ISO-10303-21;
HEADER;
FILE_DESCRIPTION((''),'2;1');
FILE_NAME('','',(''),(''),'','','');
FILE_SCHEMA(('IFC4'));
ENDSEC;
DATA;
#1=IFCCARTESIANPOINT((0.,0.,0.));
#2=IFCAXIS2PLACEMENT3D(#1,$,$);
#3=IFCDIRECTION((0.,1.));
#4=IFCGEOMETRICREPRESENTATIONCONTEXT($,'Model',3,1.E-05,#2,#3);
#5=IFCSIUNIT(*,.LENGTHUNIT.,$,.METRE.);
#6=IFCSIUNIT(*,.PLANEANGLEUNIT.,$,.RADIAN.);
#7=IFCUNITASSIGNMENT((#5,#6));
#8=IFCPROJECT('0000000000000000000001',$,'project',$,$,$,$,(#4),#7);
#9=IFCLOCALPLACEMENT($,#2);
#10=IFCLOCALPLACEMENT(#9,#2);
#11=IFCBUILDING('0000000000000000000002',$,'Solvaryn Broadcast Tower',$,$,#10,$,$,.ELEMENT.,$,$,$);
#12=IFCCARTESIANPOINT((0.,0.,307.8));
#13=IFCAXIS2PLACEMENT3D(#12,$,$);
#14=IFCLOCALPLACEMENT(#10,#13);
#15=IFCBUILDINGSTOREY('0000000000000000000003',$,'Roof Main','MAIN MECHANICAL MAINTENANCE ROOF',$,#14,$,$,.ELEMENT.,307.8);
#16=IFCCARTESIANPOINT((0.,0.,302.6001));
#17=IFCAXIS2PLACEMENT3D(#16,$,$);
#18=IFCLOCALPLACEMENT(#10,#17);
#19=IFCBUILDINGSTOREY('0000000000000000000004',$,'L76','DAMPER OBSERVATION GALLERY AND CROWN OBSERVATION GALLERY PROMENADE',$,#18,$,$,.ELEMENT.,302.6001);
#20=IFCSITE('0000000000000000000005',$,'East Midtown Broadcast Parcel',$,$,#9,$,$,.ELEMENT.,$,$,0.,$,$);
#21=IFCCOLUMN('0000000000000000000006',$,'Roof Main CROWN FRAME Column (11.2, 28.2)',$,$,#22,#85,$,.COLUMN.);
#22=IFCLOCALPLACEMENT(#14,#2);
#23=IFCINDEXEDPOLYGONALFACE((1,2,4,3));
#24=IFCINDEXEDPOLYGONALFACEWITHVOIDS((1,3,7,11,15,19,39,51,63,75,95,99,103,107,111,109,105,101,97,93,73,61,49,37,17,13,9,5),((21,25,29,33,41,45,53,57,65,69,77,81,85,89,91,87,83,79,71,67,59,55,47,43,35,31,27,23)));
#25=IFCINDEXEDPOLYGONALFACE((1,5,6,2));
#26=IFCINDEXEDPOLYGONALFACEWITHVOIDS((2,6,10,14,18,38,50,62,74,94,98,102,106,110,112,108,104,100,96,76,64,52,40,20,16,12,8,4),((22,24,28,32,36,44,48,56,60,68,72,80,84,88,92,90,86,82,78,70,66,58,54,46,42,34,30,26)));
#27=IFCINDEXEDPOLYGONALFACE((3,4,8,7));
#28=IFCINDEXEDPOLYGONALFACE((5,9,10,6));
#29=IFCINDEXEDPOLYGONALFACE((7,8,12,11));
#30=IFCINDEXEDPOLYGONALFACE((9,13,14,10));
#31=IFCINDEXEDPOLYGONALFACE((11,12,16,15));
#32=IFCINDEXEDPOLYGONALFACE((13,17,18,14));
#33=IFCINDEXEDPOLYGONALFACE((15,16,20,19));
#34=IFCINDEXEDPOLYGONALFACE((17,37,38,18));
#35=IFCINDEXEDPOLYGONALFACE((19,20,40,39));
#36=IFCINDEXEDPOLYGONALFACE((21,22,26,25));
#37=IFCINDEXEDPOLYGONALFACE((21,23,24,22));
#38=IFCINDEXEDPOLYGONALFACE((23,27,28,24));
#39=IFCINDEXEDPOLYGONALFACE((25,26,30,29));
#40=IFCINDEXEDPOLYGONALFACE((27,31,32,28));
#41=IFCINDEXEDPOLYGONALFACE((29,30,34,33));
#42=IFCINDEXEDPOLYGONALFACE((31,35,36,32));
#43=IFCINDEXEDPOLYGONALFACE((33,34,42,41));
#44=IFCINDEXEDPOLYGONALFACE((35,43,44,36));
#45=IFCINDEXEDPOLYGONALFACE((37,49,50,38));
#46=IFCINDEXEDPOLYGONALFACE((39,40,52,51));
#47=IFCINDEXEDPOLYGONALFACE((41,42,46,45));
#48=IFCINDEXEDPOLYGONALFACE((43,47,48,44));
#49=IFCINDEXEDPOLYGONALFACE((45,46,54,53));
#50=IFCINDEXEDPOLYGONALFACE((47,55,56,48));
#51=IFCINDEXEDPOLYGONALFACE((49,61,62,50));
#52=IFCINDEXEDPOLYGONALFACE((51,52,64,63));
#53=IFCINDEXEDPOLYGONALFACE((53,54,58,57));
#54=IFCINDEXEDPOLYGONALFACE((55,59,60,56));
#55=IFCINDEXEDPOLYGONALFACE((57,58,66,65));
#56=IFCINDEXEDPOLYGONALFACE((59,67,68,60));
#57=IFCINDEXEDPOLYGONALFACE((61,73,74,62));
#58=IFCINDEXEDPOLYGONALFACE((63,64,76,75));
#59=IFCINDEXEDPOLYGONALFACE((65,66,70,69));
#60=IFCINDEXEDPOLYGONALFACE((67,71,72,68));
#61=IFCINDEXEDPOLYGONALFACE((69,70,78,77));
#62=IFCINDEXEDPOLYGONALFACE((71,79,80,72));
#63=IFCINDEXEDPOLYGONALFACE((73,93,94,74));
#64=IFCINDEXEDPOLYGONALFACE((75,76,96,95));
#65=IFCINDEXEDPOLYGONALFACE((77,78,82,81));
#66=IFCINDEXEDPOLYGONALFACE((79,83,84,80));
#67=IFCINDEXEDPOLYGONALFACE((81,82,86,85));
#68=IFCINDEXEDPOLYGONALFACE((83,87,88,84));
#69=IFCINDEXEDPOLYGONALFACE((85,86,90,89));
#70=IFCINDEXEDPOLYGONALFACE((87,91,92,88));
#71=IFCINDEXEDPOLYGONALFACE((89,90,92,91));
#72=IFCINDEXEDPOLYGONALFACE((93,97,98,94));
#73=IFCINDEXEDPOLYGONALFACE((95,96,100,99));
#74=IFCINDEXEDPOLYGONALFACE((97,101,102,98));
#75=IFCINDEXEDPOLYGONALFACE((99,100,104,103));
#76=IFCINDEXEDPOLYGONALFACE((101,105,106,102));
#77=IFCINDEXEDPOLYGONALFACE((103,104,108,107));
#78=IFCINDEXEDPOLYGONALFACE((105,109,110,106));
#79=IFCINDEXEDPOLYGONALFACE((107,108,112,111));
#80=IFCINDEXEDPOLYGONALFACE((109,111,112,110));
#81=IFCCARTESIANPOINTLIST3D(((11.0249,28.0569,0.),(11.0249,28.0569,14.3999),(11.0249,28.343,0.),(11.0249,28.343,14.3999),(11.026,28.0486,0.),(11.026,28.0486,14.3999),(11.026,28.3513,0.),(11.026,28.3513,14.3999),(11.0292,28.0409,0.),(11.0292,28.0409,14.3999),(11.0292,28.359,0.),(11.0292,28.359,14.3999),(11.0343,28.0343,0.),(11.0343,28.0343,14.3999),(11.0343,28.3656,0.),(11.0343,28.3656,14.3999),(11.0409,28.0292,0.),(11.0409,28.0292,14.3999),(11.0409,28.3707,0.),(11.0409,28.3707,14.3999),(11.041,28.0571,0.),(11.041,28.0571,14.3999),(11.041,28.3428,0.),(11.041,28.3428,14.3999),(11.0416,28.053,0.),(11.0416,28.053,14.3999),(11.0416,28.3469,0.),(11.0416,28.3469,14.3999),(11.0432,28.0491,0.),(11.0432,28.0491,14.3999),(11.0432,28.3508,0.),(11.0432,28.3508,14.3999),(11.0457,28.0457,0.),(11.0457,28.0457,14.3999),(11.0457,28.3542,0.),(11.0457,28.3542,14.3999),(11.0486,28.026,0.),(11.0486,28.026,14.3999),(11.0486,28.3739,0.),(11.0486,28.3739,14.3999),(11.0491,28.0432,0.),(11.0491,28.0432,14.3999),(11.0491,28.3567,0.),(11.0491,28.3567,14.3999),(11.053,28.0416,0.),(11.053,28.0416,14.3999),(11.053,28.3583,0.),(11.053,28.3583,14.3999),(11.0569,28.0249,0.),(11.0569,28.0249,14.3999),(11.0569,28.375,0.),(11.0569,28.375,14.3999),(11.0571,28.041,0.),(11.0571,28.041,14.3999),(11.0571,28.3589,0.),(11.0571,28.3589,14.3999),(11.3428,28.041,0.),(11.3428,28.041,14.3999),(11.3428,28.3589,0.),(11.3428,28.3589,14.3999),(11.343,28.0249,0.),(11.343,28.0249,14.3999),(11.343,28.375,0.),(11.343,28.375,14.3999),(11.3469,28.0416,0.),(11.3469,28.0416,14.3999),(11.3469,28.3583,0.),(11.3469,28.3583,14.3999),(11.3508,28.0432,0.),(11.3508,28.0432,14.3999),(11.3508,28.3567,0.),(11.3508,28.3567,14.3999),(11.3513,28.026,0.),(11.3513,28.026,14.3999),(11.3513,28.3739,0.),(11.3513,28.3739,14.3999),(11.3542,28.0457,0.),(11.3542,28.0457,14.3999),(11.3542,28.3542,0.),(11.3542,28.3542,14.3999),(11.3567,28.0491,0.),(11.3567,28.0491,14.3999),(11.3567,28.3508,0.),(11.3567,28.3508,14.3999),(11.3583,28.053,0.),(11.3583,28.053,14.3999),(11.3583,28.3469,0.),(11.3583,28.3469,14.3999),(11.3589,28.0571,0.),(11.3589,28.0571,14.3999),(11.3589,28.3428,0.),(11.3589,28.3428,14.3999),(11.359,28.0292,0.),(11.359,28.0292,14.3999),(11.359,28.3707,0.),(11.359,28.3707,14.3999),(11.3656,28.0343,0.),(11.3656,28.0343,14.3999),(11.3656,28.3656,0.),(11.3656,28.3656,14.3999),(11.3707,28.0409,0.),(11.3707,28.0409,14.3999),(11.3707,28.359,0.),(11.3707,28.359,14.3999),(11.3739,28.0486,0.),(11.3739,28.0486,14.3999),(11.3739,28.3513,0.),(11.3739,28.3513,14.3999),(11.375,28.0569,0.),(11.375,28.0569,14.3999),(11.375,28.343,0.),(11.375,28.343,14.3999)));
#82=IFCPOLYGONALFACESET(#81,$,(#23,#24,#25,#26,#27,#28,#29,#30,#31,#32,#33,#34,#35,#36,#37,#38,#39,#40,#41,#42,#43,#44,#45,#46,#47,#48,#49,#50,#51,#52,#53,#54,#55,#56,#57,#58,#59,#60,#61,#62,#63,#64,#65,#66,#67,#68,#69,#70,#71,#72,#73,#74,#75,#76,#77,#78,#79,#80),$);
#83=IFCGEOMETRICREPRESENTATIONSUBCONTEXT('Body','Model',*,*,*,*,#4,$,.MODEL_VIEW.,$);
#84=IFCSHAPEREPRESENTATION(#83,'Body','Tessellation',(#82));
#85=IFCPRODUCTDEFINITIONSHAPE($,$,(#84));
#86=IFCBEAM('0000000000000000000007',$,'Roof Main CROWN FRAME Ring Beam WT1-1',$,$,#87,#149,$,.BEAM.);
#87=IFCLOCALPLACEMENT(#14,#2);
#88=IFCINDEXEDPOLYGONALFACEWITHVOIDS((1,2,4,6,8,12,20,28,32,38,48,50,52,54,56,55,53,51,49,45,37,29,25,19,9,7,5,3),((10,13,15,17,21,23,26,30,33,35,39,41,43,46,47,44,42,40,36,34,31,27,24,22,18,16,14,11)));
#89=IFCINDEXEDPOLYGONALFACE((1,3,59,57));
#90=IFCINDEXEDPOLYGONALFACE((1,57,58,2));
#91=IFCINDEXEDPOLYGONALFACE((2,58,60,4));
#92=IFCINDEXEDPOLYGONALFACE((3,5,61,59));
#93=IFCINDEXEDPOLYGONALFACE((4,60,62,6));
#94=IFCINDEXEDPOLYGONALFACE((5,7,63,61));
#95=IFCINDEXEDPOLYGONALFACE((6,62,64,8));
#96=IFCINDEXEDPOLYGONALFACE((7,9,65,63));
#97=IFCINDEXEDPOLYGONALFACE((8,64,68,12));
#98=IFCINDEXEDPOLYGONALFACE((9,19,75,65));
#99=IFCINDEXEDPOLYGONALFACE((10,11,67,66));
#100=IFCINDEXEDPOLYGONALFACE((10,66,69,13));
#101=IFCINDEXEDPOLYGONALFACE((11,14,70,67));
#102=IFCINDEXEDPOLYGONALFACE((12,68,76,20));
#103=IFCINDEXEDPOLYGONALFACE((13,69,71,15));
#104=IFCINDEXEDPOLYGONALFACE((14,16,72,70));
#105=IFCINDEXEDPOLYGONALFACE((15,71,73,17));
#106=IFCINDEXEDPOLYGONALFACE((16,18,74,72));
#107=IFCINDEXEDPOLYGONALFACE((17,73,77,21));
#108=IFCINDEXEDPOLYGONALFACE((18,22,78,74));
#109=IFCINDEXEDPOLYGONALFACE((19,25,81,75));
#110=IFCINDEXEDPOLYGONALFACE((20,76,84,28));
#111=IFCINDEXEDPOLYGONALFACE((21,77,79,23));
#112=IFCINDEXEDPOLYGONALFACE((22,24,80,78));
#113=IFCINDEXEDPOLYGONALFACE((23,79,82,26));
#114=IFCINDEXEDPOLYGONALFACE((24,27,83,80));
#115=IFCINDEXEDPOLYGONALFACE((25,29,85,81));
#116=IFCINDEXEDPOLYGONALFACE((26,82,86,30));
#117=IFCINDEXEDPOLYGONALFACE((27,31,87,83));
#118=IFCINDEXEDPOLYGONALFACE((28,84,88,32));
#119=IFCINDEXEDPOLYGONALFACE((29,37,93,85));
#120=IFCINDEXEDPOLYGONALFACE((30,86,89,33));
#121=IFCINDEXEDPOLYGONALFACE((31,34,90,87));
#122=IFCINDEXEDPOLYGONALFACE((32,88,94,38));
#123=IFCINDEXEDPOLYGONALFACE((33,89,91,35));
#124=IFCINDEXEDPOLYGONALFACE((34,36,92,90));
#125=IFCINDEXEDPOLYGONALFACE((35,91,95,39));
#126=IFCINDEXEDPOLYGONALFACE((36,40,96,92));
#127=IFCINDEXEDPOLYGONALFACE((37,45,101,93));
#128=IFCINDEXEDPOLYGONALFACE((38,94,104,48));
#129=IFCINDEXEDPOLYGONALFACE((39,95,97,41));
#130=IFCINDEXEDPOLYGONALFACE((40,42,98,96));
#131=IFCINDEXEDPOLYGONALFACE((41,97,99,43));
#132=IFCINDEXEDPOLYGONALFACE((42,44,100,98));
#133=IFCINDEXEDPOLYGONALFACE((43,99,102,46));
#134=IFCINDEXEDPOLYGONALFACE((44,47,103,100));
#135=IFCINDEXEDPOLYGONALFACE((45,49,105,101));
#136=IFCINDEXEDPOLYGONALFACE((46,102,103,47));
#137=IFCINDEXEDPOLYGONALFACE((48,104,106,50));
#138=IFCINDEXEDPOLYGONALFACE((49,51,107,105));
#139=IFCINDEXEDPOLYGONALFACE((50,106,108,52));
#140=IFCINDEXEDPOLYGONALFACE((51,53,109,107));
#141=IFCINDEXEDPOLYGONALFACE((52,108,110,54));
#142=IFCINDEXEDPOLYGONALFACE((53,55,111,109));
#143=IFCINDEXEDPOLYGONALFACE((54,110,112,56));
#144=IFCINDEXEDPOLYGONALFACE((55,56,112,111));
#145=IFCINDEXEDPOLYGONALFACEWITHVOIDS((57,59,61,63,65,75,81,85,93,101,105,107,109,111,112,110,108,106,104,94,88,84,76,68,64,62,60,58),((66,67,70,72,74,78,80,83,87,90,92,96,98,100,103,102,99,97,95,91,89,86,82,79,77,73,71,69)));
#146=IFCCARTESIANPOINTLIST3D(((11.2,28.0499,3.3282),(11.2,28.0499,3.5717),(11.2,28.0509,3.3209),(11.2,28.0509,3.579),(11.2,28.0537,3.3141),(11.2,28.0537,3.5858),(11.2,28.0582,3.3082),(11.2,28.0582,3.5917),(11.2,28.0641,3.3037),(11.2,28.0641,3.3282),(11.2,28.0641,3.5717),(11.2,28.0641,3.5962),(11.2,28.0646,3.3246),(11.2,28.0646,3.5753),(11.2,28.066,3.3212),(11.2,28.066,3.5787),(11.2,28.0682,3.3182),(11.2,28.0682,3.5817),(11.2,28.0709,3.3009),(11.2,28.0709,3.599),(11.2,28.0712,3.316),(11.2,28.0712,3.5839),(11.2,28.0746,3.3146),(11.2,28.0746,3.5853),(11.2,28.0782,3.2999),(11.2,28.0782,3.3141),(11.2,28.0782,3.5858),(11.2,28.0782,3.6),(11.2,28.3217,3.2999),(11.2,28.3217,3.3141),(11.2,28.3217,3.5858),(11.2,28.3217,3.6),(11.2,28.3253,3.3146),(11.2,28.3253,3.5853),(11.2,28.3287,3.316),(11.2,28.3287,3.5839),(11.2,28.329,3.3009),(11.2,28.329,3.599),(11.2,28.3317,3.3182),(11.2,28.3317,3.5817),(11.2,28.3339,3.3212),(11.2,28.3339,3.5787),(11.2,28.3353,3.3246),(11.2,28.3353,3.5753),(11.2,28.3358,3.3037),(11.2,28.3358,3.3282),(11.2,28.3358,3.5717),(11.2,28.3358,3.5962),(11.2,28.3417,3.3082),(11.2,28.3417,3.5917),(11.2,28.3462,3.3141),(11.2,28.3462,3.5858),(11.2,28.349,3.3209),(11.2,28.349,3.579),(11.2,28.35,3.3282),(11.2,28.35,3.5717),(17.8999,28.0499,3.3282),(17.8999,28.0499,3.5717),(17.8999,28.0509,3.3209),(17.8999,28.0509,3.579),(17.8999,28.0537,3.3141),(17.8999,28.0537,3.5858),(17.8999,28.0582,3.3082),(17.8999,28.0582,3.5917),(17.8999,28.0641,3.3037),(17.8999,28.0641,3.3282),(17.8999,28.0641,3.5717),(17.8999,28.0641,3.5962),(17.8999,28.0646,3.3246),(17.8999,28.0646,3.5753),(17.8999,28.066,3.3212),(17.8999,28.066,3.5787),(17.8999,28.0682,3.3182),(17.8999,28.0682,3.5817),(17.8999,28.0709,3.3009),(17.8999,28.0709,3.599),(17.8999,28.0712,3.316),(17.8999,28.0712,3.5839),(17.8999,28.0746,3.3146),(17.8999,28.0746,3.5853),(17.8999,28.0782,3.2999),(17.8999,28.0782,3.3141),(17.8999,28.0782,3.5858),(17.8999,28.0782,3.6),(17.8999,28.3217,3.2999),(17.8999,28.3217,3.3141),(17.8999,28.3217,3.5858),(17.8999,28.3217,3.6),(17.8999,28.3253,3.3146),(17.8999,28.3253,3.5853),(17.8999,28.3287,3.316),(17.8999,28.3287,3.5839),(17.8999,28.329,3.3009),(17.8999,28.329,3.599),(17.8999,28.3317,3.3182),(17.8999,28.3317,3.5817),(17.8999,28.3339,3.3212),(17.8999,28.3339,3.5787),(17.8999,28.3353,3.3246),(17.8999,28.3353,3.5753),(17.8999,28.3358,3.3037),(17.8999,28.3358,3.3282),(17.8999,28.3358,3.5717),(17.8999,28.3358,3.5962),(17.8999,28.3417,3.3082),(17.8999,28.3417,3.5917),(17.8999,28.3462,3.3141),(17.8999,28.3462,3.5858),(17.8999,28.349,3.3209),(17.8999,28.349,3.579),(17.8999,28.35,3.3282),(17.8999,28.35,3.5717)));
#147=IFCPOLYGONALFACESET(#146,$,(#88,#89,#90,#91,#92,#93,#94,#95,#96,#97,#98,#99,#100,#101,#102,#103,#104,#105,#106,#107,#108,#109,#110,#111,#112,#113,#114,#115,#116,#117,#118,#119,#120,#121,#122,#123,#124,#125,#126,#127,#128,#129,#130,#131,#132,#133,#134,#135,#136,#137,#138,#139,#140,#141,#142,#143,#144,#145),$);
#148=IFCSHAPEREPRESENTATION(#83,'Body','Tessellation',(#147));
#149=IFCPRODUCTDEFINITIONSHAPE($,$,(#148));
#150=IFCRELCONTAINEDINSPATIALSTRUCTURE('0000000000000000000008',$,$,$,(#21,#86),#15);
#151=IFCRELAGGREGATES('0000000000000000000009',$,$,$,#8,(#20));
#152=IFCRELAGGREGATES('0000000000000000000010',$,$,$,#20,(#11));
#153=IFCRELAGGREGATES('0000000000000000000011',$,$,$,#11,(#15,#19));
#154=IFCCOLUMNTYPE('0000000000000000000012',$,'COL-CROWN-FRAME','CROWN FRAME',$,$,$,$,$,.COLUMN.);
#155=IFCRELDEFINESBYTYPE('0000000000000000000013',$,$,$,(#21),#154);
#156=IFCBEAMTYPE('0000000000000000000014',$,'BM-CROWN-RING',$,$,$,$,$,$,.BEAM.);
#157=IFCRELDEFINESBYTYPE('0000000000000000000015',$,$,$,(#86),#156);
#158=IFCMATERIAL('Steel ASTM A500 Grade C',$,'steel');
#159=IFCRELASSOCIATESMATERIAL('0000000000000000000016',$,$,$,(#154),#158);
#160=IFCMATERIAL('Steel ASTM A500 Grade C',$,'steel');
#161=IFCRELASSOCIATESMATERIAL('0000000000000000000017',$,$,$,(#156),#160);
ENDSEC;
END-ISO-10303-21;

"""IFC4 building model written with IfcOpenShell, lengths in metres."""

from ifc_helpers import new_model, si_unit, direction, frame, origin, origin_2d, place, context, subcontext, project, spatial, hollow_rectangle, extrude, material, material_profile, profile_set, type_object, element, save


model = new_model("IFC4")

# Units and contexts
model_context = context("Model", 3, precision=1e-05, world=origin(), true_north=direction((0.0, 1.0)))
body_context = subcontext(model_context, "Body", "Model", "MODEL_VIEW")
ifc_project = project(units=[si_unit("LENGTHUNIT", "METRE"), si_unit("PLANEANGLEUNIT", "RADIAN")], contexts=[model_context])

# Site, building, storey
site_placement = place(None, origin())
site = spatial("IfcSite", under=ifc_project, at=site_placement, Name="East Midtown Broadcast Parcel", CompositionType="ELEMENT", RefElevation=0.0)
building_placement = place(site_placement, origin())
building = spatial("IfcBuilding", under=site, at=building_placement, Name="Solvaryn Broadcast Tower", CompositionType="ELEMENT")
storey_1_placement = place(building_placement, frame((0.0, 0.0, 307.8)))
storey_1 = spatial("IfcBuildingStorey", under=building, at=storey_1_placement, Name="Roof Main", Description="MAIN MECHANICAL MAINTENANCE ROOF", CompositionType="ELEMENT", Elevation=307.8)

# Column
ifc_material_1 = material(Name="Steel ASTM A500 Grade C", Category="steel")
ifc_material_profile_1 = material_profile(ifc_material_1, hollow_rectangle(XDim=0.3501, YDim=0.3501, WallThickness=0.0161, InnerFilletRadius=0.0161, OuterFilletRadius=0.032, at=origin_2d()))
ifc_profile_set_1 = profile_set([ifc_material_profile_1], Name="Steel ASTM A500 Grade C")
column_type = type_object("IfcColumnType", Name="COL-CROWN-FRAME", Description="CROWN FRAME", PredefinedType="COLUMN", material=ifc_profile_set_1)
column_placement = place(storey_1_placement, frame((11.2, 28.2, 0.0), z_axis=(0.0, 0.0, 1.0), x_axis=(1.0, 0.0, 0.0)))
element("IfcColumn", 1, at=column_placement, inside=storey_1, type_object=column_type, Name="Roof Main CROWN FRAME Column (11.2, 28.2)", PredefinedType="COLUMN", context=body_context, shape_type="SweptSolid", body=[
    extrude(hollow_rectangle(XDim=0.3501, YDim=0.3501, WallThickness=0.0161, InnerFilletRadius=0.0161, OuterFilletRadius=0.032, at=origin_2d()), origin(), (0.0, 0.0, 1.0), 14.3999),
])

# Beam
ifc_material_2 = material(Name="Steel ASTM A500 Grade C", Category="steel")
ifc_material_profile_2 = material_profile(ifc_material_2, hollow_rectangle(XDim=0.3, YDim=0.3, WallThickness=0.0142, InnerFilletRadius=0.0142, OuterFilletRadius=0.0283, at=origin_2d()))
ifc_profile_set_2 = profile_set([ifc_material_profile_2], Name="Steel ASTM A500 Grade C")
beam_type = type_object("IfcBeamType", Name="BM-CROWN-RING", PredefinedType="BEAM", material=ifc_profile_set_2)
for number, where, z_axis, x_axis, name in (
    (2, (11.2, 28.2, 3.45), (1.0, 0.0, 0.0), (0.0, 1.0, 0.0), "Roof Main CROWN FRAME Ring Beam WT1-1"),
):
    element("IfcBeam", number, at=place(storey_1_placement, frame(where, z_axis=z_axis, x_axis=x_axis)), inside=storey_1, type_object=beam_type, Name=name, PredefinedType="BEAM", context=body_context, shape_type="SweptSolid", body=[
        extrude(hollow_rectangle(XDim=0.3, YDim=0.3, WallThickness=0.0142, InnerFilletRadius=0.0142, OuterFilletRadius=0.0283, at=origin_2d()), origin(), (0.0, 0.0, 1.0), 6.7),
    ])

# Shared definitions
storey_2_placement = place(building_placement, frame((0.0, 0.0, 302.6001)))
storey_2 = spatial("IfcBuildingStorey", under=building, at=storey_2_placement, Name="L76", Description="DAMPER OBSERVATION GALLERY AND CROWN OBSERVATION GALLERY PROMENADE", CompositionType="ELEMENT", Elevation=302.6001)

save(model, "model.ifc")
